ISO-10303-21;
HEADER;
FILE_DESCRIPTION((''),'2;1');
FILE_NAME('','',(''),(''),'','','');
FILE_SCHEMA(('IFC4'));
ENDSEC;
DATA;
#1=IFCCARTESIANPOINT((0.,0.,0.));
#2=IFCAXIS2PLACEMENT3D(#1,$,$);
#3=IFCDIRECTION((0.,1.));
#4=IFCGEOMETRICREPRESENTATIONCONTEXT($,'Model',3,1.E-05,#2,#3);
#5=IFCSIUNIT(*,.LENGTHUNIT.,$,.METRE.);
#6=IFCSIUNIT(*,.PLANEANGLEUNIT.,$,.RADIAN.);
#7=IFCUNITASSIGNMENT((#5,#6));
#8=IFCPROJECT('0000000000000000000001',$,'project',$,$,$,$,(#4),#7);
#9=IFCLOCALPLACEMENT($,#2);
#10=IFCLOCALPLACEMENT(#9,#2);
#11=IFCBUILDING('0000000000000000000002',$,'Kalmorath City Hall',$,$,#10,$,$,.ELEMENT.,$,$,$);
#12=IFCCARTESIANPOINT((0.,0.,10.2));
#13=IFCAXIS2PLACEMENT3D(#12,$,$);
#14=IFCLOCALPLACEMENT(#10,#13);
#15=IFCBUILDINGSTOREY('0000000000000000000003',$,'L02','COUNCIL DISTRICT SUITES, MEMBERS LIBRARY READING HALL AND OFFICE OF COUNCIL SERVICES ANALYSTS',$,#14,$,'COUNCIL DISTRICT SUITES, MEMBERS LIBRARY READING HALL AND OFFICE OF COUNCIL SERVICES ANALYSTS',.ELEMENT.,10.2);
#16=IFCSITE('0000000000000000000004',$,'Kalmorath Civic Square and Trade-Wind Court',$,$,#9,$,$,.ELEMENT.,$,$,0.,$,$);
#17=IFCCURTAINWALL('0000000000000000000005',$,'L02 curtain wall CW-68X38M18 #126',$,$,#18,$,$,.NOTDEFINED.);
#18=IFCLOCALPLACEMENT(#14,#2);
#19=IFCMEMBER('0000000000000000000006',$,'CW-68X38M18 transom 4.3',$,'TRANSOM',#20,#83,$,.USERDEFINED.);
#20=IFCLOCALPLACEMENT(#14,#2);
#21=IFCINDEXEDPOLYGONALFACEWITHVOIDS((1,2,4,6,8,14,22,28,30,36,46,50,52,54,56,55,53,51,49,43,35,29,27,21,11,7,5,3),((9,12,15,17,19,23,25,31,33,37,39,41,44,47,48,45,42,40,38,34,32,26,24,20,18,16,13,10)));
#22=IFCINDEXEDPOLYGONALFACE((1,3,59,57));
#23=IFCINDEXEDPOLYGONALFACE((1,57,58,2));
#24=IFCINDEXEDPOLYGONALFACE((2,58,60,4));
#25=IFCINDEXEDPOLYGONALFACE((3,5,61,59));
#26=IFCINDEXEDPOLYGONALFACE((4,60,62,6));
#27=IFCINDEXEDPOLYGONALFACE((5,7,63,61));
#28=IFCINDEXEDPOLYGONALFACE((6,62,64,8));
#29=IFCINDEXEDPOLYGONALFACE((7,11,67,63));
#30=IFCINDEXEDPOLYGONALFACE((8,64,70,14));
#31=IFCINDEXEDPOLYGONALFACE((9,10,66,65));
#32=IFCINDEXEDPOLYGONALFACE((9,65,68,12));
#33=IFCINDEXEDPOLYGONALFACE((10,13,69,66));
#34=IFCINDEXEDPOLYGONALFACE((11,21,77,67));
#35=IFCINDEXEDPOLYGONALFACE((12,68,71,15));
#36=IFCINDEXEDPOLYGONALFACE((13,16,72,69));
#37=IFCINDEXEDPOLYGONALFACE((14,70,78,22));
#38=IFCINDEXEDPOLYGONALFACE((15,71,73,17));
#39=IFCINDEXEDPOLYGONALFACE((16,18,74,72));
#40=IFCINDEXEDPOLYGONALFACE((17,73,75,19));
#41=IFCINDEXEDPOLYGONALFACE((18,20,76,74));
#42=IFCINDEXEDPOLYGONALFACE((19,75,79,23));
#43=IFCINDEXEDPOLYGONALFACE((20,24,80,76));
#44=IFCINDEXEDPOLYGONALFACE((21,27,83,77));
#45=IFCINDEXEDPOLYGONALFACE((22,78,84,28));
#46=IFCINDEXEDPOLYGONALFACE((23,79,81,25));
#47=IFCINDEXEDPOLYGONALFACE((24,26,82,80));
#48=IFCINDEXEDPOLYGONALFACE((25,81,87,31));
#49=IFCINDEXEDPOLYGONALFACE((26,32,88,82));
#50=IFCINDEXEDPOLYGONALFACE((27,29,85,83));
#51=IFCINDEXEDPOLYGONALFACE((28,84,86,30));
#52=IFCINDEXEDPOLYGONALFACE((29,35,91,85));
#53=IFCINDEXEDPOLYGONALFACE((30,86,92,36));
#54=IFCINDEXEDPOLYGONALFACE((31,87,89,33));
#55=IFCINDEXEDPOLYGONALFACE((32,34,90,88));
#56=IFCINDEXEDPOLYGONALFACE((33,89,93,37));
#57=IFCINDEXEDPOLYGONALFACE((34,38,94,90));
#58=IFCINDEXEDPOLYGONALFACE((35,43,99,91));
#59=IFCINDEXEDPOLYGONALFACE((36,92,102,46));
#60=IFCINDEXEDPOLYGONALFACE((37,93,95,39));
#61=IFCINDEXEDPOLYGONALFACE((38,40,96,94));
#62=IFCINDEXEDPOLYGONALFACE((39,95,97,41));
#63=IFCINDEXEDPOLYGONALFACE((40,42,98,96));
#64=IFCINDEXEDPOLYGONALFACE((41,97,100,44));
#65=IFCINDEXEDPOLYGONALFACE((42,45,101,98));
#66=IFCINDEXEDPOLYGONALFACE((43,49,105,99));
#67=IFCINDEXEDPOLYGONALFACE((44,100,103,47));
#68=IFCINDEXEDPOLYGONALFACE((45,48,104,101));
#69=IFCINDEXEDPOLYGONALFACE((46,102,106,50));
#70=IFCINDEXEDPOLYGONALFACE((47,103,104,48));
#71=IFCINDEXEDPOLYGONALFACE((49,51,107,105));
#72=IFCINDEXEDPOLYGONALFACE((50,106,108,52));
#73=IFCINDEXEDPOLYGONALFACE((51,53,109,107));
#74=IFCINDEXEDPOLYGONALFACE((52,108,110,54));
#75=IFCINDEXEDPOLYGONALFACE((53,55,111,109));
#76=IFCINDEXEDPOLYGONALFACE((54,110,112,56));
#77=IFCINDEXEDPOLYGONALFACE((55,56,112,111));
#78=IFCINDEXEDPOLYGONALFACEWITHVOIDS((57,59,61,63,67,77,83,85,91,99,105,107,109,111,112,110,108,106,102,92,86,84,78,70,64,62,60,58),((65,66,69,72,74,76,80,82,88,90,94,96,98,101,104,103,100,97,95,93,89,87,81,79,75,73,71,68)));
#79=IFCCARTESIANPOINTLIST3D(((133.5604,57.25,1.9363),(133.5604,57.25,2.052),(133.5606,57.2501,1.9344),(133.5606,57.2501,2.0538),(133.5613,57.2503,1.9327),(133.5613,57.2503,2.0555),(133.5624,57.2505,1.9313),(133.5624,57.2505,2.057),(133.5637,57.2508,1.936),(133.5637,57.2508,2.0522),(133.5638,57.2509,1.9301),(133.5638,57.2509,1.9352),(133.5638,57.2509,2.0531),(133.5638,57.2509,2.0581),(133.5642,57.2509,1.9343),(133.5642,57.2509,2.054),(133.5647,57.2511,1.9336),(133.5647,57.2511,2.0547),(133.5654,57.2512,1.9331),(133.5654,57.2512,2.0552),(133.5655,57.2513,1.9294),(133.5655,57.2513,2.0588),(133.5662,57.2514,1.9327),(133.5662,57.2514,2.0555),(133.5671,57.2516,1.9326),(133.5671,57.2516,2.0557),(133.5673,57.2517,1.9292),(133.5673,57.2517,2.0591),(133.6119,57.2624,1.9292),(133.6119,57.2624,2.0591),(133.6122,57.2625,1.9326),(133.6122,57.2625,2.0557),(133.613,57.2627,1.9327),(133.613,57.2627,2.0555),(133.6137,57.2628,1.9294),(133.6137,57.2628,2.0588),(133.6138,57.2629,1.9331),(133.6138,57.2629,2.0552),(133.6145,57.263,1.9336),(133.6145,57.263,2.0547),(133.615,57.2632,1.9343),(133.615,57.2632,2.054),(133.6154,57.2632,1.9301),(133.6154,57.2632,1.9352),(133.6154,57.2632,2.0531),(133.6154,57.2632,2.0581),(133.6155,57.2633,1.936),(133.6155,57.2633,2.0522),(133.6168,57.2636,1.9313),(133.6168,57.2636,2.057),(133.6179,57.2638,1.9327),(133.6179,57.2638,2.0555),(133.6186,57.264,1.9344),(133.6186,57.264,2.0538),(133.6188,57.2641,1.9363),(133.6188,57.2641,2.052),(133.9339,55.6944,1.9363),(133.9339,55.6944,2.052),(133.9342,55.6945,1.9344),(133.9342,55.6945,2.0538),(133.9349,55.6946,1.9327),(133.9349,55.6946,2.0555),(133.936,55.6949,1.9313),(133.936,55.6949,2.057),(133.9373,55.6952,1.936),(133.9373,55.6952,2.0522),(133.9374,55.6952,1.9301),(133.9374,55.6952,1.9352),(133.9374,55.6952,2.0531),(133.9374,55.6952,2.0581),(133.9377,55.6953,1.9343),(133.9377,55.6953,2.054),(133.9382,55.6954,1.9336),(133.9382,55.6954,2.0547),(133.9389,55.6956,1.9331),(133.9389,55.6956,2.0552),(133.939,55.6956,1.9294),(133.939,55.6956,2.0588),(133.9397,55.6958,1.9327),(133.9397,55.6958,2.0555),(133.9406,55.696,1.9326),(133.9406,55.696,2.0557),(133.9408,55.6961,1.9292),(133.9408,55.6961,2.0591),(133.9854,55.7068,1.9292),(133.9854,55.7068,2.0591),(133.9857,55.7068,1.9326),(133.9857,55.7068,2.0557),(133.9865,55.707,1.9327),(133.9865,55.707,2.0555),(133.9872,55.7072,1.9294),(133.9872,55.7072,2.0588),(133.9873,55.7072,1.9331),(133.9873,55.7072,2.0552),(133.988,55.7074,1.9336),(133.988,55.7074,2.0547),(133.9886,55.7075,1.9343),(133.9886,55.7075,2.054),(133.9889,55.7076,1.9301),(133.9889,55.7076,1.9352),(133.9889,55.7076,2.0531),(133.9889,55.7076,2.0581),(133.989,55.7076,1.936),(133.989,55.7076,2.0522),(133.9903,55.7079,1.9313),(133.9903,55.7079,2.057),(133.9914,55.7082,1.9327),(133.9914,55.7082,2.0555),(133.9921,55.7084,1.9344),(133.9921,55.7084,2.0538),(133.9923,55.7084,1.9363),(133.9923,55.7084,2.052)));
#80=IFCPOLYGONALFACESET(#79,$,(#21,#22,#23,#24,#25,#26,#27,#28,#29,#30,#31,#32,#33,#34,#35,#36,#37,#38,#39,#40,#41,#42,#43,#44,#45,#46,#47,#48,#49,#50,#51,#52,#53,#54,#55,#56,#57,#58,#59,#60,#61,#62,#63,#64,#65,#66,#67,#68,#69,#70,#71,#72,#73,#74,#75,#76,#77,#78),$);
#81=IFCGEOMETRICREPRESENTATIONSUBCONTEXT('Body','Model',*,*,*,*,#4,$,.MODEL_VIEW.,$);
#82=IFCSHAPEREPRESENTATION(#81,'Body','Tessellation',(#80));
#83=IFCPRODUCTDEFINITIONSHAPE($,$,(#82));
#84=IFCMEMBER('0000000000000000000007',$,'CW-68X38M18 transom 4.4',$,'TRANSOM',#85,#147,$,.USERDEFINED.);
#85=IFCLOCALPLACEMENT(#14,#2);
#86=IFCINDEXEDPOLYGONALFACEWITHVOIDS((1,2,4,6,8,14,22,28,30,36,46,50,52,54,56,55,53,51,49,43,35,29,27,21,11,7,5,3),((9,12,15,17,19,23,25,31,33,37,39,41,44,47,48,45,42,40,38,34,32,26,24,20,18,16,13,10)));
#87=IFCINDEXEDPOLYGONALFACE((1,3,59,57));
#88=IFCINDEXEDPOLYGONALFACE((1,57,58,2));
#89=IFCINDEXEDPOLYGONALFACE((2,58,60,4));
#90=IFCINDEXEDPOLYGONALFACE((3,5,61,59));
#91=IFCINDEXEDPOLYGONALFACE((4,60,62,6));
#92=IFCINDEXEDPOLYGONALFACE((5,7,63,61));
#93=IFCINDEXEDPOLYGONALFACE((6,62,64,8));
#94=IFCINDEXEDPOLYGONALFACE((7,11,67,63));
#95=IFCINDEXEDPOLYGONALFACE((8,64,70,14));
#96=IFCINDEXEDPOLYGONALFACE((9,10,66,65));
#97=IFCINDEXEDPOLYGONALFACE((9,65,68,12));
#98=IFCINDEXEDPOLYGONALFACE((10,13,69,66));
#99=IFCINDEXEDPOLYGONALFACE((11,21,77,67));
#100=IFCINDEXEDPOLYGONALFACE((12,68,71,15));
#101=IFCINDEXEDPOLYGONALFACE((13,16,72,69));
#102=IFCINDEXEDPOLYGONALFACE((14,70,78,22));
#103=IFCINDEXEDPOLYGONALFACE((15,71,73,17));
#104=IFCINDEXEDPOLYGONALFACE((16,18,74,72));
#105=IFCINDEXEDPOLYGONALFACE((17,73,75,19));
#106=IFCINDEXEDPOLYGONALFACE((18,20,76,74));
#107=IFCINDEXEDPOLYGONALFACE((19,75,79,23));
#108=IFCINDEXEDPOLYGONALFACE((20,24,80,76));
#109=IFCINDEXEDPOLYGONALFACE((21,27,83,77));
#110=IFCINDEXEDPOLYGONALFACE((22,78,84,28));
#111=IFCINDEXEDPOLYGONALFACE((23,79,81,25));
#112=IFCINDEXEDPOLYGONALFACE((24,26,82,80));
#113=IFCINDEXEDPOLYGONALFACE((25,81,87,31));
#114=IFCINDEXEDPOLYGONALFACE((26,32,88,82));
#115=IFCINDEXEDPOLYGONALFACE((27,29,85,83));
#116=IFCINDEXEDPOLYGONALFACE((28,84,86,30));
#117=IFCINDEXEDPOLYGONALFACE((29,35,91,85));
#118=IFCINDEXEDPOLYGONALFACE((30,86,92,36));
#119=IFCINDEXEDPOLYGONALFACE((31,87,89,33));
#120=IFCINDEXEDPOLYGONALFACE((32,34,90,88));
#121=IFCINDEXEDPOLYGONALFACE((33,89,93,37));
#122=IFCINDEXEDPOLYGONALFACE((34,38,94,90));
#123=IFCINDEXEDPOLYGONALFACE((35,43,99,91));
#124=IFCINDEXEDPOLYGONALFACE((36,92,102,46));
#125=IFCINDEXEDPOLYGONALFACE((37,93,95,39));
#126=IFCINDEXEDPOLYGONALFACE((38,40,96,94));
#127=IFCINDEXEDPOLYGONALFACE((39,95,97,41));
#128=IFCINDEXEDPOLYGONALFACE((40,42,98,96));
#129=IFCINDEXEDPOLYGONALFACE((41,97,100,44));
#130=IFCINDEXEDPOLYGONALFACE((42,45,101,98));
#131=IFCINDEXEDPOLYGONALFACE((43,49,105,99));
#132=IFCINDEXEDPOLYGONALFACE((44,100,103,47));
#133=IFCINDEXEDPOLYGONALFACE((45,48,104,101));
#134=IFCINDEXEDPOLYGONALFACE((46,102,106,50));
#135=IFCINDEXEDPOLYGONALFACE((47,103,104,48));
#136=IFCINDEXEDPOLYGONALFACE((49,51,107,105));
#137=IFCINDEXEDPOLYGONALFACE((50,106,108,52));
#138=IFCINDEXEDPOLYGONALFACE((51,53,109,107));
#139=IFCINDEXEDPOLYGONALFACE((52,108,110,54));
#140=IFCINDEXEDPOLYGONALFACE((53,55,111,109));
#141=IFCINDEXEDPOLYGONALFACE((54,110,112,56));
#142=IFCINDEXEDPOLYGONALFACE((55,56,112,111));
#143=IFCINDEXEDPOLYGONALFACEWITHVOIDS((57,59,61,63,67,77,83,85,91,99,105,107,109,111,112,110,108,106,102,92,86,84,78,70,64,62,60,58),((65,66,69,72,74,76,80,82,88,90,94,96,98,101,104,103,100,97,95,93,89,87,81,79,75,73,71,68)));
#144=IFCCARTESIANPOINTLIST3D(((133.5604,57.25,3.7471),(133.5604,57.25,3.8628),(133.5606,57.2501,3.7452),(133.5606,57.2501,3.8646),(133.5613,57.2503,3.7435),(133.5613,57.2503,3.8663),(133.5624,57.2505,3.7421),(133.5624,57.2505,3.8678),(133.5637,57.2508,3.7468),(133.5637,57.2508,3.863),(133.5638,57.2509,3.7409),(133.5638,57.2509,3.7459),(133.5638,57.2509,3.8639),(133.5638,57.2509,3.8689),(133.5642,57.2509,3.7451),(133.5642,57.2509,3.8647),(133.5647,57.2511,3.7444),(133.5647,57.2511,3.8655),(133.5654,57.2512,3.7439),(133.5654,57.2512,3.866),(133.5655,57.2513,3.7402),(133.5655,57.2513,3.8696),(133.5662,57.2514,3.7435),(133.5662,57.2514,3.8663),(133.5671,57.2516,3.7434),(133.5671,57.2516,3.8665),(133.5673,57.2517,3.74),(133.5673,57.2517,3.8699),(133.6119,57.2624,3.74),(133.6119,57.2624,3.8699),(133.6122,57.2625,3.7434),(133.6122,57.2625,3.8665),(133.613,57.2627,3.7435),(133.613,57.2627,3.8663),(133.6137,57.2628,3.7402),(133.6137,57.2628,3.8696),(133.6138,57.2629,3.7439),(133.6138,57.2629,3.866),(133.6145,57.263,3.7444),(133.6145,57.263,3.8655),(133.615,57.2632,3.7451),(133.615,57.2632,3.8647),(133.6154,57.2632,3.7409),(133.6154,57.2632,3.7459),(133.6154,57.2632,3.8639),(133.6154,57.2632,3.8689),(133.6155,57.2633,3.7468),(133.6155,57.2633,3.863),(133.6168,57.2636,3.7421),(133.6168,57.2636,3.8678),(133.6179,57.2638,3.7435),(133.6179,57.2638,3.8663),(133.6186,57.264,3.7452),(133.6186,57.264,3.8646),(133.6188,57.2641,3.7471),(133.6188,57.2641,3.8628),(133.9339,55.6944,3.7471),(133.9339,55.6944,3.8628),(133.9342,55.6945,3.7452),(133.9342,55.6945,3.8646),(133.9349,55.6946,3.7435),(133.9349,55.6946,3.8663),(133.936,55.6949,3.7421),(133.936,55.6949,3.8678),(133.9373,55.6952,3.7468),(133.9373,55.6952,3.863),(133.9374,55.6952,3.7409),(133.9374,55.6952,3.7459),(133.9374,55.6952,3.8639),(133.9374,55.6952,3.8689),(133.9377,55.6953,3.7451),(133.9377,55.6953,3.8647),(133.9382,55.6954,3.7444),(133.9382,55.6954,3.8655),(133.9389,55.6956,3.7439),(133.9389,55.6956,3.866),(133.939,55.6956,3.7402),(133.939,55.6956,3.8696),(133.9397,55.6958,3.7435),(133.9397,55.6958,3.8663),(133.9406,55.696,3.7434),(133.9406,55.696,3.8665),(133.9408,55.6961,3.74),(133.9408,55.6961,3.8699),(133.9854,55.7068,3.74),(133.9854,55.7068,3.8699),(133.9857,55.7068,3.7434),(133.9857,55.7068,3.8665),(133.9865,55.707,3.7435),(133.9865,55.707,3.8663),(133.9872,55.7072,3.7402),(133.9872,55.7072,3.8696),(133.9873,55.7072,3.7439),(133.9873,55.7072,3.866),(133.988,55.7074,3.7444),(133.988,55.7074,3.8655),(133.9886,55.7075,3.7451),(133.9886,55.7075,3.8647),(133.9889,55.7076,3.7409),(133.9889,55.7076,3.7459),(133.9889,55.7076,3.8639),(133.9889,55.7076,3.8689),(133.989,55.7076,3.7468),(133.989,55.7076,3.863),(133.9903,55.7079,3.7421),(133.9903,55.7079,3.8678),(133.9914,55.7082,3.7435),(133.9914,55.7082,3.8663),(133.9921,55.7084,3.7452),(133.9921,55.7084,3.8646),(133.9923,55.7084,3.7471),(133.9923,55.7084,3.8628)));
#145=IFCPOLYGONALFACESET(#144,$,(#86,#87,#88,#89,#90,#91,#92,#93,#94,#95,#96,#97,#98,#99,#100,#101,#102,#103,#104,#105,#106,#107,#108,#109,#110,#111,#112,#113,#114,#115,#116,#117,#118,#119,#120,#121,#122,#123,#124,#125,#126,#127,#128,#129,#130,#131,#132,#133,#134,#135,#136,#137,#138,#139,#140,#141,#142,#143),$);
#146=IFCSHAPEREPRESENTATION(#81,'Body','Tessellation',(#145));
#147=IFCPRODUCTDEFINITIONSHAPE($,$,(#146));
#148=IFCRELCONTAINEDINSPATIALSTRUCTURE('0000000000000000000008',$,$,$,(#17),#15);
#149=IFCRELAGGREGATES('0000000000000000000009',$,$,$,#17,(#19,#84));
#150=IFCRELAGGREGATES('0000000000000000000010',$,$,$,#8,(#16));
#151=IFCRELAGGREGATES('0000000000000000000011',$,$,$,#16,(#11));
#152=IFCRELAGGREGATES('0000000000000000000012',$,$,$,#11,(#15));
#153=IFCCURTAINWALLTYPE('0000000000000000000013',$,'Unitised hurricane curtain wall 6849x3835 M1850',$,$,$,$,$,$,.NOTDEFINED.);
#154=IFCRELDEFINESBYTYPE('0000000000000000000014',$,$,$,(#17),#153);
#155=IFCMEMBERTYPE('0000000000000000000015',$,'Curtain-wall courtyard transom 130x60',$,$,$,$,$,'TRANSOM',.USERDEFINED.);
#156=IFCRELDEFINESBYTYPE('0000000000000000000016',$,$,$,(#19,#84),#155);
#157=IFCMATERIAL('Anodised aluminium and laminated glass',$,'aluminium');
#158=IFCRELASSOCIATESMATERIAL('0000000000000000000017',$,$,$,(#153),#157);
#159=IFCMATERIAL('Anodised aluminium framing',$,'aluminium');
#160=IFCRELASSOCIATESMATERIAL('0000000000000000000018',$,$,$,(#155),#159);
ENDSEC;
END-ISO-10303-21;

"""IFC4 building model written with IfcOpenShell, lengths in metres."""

from ifc_helpers import new_model, si_unit, direction, frame, origin, origin_2d, place, context, subcontext, project, spatial, hollow_rectangle, extrude, material, material_profile, profile_set, type_object, element, aggregate, save


model = new_model("IFC4")

# Units and contexts
model_context = context("Model", 3, precision=1e-05, world=origin(), true_north=direction((0.0, 1.0)))
body_context = subcontext(model_context, "Body", "Model", "MODEL_VIEW")
ifc_project = project(units=[si_unit("LENGTHUNIT", "METRE"), si_unit("PLANEANGLEUNIT", "RADIAN")], contexts=[model_context])

# Site, building, storey
site_placement = place(None, origin())
site = spatial("IfcSite", under=ifc_project, at=site_placement, Name="Kalmorath Civic Square and Trade-Wind Court", CompositionType="ELEMENT", RefElevation=0.0)
building_placement = place(site_placement, origin())
building = spatial("IfcBuilding", under=site, at=building_placement, Name="Kalmorath City Hall", CompositionType="ELEMENT")
storey_placement = place(building_placement, frame((0.0, 0.0, 10.2)))
storey = spatial("IfcBuildingStorey", under=building, at=storey_placement, Name="L02", Description="COUNCIL DISTRICT SUITES, MEMBERS LIBRARY READING HALL AND OFFICE OF COUNCIL SERVICES ANALYSTS", LongName="COUNCIL DISTRICT SUITES, MEMBERS LIBRARY READING HALL AND OFFICE OF COUNCIL SERVICES ANALYSTS", CompositionType="ELEMENT", Elevation=10.2)

# Curtain wall, members
ifc_material_1 = material(Name="Anodised aluminium and laminated glass", Category="aluminium")
curtain_wall_type = type_object("IfcCurtainWallType", Name="Unitised hurricane curtain wall 6849x3835 M1850", PredefinedType="NOTDEFINED", material=ifc_material_1)
curtain_wall_1_placement = place(storey_placement, origin())
curtain_wall_1 = element("IfcCurtainWall", 1, at=curtain_wall_1_placement, inside=storey, type_object=curtain_wall_type, Name="L02 curtain wall CW-68X38M18 #126", PredefinedType="NOTDEFINED")
ifc_material_2 = material(Name="Anodised aluminium framing", Category="aluminium")
ifc_material_profile_1 = material_profile(ifc_material_2, hollow_rectangle(XDim=0.0601, YDim=0.1299, WallThickness=0.0034, InnerFilletRadius=0.0034, OuterFilletRadius=0.0071, at=origin_2d()), Name="ALU-TRN-130X60X3.5")
ifc_profile_set_1 = profile_set([ifc_material_profile_1], Name="Anodised aluminium framing")
member_type_1 = type_object("IfcMemberType", Name="Curtain-wall courtyard transom 130x60", ElementType="TRANSOM", PredefinedType="USERDEFINED", material=ifc_profile_set_1)
member_1_placement = place(storey_placement, frame((133.9631, 55.7014, 1.9941), z_axis=(-0.233477, 0.972362, 0.0), x_axis=(-0.972362, -0.233477, 0.0)))
member_1 = element("IfcMember", 2, at=member_1_placement, type_object=member_type_1, Name="CW-68X38M18 transom 4.3", ObjectType="TRANSOM", PredefinedType="USERDEFINED", context=body_context, shape_type="SweptSolid", body=[
    extrude(hollow_rectangle(XDim=0.0601, YDim=0.1299, WallThickness=0.0034, InnerFilletRadius=0.0034, OuterFilletRadius=0.0071, at=origin_2d()), origin(), (0.0, 0.0, 1.0), 1.5999),
])
member_2_placement = place(storey_placement, frame((133.9631, 55.7014, 3.8049), z_axis=(-0.233477, 0.972362, 0.0), x_axis=(-0.972362, -0.233477, 0.0)))
member_2 = element("IfcMember", 3, at=member_2_placement, type_object=member_type_1, Name="CW-68X38M18 transom 4.4", ObjectType="TRANSOM", PredefinedType="USERDEFINED", context=body_context, shape_type="SweptSolid", body=[
    extrude(hollow_rectangle(XDim=0.0601, YDim=0.1299, WallThickness=0.0034, InnerFilletRadius=0.0034, OuterFilletRadius=0.0071, at=origin_2d()), origin(), (0.0, 0.0, 1.0), 1.5999),
])

aggregate(curtain_wall_1, [member_1, member_2])

save(model, "model.ifc")
